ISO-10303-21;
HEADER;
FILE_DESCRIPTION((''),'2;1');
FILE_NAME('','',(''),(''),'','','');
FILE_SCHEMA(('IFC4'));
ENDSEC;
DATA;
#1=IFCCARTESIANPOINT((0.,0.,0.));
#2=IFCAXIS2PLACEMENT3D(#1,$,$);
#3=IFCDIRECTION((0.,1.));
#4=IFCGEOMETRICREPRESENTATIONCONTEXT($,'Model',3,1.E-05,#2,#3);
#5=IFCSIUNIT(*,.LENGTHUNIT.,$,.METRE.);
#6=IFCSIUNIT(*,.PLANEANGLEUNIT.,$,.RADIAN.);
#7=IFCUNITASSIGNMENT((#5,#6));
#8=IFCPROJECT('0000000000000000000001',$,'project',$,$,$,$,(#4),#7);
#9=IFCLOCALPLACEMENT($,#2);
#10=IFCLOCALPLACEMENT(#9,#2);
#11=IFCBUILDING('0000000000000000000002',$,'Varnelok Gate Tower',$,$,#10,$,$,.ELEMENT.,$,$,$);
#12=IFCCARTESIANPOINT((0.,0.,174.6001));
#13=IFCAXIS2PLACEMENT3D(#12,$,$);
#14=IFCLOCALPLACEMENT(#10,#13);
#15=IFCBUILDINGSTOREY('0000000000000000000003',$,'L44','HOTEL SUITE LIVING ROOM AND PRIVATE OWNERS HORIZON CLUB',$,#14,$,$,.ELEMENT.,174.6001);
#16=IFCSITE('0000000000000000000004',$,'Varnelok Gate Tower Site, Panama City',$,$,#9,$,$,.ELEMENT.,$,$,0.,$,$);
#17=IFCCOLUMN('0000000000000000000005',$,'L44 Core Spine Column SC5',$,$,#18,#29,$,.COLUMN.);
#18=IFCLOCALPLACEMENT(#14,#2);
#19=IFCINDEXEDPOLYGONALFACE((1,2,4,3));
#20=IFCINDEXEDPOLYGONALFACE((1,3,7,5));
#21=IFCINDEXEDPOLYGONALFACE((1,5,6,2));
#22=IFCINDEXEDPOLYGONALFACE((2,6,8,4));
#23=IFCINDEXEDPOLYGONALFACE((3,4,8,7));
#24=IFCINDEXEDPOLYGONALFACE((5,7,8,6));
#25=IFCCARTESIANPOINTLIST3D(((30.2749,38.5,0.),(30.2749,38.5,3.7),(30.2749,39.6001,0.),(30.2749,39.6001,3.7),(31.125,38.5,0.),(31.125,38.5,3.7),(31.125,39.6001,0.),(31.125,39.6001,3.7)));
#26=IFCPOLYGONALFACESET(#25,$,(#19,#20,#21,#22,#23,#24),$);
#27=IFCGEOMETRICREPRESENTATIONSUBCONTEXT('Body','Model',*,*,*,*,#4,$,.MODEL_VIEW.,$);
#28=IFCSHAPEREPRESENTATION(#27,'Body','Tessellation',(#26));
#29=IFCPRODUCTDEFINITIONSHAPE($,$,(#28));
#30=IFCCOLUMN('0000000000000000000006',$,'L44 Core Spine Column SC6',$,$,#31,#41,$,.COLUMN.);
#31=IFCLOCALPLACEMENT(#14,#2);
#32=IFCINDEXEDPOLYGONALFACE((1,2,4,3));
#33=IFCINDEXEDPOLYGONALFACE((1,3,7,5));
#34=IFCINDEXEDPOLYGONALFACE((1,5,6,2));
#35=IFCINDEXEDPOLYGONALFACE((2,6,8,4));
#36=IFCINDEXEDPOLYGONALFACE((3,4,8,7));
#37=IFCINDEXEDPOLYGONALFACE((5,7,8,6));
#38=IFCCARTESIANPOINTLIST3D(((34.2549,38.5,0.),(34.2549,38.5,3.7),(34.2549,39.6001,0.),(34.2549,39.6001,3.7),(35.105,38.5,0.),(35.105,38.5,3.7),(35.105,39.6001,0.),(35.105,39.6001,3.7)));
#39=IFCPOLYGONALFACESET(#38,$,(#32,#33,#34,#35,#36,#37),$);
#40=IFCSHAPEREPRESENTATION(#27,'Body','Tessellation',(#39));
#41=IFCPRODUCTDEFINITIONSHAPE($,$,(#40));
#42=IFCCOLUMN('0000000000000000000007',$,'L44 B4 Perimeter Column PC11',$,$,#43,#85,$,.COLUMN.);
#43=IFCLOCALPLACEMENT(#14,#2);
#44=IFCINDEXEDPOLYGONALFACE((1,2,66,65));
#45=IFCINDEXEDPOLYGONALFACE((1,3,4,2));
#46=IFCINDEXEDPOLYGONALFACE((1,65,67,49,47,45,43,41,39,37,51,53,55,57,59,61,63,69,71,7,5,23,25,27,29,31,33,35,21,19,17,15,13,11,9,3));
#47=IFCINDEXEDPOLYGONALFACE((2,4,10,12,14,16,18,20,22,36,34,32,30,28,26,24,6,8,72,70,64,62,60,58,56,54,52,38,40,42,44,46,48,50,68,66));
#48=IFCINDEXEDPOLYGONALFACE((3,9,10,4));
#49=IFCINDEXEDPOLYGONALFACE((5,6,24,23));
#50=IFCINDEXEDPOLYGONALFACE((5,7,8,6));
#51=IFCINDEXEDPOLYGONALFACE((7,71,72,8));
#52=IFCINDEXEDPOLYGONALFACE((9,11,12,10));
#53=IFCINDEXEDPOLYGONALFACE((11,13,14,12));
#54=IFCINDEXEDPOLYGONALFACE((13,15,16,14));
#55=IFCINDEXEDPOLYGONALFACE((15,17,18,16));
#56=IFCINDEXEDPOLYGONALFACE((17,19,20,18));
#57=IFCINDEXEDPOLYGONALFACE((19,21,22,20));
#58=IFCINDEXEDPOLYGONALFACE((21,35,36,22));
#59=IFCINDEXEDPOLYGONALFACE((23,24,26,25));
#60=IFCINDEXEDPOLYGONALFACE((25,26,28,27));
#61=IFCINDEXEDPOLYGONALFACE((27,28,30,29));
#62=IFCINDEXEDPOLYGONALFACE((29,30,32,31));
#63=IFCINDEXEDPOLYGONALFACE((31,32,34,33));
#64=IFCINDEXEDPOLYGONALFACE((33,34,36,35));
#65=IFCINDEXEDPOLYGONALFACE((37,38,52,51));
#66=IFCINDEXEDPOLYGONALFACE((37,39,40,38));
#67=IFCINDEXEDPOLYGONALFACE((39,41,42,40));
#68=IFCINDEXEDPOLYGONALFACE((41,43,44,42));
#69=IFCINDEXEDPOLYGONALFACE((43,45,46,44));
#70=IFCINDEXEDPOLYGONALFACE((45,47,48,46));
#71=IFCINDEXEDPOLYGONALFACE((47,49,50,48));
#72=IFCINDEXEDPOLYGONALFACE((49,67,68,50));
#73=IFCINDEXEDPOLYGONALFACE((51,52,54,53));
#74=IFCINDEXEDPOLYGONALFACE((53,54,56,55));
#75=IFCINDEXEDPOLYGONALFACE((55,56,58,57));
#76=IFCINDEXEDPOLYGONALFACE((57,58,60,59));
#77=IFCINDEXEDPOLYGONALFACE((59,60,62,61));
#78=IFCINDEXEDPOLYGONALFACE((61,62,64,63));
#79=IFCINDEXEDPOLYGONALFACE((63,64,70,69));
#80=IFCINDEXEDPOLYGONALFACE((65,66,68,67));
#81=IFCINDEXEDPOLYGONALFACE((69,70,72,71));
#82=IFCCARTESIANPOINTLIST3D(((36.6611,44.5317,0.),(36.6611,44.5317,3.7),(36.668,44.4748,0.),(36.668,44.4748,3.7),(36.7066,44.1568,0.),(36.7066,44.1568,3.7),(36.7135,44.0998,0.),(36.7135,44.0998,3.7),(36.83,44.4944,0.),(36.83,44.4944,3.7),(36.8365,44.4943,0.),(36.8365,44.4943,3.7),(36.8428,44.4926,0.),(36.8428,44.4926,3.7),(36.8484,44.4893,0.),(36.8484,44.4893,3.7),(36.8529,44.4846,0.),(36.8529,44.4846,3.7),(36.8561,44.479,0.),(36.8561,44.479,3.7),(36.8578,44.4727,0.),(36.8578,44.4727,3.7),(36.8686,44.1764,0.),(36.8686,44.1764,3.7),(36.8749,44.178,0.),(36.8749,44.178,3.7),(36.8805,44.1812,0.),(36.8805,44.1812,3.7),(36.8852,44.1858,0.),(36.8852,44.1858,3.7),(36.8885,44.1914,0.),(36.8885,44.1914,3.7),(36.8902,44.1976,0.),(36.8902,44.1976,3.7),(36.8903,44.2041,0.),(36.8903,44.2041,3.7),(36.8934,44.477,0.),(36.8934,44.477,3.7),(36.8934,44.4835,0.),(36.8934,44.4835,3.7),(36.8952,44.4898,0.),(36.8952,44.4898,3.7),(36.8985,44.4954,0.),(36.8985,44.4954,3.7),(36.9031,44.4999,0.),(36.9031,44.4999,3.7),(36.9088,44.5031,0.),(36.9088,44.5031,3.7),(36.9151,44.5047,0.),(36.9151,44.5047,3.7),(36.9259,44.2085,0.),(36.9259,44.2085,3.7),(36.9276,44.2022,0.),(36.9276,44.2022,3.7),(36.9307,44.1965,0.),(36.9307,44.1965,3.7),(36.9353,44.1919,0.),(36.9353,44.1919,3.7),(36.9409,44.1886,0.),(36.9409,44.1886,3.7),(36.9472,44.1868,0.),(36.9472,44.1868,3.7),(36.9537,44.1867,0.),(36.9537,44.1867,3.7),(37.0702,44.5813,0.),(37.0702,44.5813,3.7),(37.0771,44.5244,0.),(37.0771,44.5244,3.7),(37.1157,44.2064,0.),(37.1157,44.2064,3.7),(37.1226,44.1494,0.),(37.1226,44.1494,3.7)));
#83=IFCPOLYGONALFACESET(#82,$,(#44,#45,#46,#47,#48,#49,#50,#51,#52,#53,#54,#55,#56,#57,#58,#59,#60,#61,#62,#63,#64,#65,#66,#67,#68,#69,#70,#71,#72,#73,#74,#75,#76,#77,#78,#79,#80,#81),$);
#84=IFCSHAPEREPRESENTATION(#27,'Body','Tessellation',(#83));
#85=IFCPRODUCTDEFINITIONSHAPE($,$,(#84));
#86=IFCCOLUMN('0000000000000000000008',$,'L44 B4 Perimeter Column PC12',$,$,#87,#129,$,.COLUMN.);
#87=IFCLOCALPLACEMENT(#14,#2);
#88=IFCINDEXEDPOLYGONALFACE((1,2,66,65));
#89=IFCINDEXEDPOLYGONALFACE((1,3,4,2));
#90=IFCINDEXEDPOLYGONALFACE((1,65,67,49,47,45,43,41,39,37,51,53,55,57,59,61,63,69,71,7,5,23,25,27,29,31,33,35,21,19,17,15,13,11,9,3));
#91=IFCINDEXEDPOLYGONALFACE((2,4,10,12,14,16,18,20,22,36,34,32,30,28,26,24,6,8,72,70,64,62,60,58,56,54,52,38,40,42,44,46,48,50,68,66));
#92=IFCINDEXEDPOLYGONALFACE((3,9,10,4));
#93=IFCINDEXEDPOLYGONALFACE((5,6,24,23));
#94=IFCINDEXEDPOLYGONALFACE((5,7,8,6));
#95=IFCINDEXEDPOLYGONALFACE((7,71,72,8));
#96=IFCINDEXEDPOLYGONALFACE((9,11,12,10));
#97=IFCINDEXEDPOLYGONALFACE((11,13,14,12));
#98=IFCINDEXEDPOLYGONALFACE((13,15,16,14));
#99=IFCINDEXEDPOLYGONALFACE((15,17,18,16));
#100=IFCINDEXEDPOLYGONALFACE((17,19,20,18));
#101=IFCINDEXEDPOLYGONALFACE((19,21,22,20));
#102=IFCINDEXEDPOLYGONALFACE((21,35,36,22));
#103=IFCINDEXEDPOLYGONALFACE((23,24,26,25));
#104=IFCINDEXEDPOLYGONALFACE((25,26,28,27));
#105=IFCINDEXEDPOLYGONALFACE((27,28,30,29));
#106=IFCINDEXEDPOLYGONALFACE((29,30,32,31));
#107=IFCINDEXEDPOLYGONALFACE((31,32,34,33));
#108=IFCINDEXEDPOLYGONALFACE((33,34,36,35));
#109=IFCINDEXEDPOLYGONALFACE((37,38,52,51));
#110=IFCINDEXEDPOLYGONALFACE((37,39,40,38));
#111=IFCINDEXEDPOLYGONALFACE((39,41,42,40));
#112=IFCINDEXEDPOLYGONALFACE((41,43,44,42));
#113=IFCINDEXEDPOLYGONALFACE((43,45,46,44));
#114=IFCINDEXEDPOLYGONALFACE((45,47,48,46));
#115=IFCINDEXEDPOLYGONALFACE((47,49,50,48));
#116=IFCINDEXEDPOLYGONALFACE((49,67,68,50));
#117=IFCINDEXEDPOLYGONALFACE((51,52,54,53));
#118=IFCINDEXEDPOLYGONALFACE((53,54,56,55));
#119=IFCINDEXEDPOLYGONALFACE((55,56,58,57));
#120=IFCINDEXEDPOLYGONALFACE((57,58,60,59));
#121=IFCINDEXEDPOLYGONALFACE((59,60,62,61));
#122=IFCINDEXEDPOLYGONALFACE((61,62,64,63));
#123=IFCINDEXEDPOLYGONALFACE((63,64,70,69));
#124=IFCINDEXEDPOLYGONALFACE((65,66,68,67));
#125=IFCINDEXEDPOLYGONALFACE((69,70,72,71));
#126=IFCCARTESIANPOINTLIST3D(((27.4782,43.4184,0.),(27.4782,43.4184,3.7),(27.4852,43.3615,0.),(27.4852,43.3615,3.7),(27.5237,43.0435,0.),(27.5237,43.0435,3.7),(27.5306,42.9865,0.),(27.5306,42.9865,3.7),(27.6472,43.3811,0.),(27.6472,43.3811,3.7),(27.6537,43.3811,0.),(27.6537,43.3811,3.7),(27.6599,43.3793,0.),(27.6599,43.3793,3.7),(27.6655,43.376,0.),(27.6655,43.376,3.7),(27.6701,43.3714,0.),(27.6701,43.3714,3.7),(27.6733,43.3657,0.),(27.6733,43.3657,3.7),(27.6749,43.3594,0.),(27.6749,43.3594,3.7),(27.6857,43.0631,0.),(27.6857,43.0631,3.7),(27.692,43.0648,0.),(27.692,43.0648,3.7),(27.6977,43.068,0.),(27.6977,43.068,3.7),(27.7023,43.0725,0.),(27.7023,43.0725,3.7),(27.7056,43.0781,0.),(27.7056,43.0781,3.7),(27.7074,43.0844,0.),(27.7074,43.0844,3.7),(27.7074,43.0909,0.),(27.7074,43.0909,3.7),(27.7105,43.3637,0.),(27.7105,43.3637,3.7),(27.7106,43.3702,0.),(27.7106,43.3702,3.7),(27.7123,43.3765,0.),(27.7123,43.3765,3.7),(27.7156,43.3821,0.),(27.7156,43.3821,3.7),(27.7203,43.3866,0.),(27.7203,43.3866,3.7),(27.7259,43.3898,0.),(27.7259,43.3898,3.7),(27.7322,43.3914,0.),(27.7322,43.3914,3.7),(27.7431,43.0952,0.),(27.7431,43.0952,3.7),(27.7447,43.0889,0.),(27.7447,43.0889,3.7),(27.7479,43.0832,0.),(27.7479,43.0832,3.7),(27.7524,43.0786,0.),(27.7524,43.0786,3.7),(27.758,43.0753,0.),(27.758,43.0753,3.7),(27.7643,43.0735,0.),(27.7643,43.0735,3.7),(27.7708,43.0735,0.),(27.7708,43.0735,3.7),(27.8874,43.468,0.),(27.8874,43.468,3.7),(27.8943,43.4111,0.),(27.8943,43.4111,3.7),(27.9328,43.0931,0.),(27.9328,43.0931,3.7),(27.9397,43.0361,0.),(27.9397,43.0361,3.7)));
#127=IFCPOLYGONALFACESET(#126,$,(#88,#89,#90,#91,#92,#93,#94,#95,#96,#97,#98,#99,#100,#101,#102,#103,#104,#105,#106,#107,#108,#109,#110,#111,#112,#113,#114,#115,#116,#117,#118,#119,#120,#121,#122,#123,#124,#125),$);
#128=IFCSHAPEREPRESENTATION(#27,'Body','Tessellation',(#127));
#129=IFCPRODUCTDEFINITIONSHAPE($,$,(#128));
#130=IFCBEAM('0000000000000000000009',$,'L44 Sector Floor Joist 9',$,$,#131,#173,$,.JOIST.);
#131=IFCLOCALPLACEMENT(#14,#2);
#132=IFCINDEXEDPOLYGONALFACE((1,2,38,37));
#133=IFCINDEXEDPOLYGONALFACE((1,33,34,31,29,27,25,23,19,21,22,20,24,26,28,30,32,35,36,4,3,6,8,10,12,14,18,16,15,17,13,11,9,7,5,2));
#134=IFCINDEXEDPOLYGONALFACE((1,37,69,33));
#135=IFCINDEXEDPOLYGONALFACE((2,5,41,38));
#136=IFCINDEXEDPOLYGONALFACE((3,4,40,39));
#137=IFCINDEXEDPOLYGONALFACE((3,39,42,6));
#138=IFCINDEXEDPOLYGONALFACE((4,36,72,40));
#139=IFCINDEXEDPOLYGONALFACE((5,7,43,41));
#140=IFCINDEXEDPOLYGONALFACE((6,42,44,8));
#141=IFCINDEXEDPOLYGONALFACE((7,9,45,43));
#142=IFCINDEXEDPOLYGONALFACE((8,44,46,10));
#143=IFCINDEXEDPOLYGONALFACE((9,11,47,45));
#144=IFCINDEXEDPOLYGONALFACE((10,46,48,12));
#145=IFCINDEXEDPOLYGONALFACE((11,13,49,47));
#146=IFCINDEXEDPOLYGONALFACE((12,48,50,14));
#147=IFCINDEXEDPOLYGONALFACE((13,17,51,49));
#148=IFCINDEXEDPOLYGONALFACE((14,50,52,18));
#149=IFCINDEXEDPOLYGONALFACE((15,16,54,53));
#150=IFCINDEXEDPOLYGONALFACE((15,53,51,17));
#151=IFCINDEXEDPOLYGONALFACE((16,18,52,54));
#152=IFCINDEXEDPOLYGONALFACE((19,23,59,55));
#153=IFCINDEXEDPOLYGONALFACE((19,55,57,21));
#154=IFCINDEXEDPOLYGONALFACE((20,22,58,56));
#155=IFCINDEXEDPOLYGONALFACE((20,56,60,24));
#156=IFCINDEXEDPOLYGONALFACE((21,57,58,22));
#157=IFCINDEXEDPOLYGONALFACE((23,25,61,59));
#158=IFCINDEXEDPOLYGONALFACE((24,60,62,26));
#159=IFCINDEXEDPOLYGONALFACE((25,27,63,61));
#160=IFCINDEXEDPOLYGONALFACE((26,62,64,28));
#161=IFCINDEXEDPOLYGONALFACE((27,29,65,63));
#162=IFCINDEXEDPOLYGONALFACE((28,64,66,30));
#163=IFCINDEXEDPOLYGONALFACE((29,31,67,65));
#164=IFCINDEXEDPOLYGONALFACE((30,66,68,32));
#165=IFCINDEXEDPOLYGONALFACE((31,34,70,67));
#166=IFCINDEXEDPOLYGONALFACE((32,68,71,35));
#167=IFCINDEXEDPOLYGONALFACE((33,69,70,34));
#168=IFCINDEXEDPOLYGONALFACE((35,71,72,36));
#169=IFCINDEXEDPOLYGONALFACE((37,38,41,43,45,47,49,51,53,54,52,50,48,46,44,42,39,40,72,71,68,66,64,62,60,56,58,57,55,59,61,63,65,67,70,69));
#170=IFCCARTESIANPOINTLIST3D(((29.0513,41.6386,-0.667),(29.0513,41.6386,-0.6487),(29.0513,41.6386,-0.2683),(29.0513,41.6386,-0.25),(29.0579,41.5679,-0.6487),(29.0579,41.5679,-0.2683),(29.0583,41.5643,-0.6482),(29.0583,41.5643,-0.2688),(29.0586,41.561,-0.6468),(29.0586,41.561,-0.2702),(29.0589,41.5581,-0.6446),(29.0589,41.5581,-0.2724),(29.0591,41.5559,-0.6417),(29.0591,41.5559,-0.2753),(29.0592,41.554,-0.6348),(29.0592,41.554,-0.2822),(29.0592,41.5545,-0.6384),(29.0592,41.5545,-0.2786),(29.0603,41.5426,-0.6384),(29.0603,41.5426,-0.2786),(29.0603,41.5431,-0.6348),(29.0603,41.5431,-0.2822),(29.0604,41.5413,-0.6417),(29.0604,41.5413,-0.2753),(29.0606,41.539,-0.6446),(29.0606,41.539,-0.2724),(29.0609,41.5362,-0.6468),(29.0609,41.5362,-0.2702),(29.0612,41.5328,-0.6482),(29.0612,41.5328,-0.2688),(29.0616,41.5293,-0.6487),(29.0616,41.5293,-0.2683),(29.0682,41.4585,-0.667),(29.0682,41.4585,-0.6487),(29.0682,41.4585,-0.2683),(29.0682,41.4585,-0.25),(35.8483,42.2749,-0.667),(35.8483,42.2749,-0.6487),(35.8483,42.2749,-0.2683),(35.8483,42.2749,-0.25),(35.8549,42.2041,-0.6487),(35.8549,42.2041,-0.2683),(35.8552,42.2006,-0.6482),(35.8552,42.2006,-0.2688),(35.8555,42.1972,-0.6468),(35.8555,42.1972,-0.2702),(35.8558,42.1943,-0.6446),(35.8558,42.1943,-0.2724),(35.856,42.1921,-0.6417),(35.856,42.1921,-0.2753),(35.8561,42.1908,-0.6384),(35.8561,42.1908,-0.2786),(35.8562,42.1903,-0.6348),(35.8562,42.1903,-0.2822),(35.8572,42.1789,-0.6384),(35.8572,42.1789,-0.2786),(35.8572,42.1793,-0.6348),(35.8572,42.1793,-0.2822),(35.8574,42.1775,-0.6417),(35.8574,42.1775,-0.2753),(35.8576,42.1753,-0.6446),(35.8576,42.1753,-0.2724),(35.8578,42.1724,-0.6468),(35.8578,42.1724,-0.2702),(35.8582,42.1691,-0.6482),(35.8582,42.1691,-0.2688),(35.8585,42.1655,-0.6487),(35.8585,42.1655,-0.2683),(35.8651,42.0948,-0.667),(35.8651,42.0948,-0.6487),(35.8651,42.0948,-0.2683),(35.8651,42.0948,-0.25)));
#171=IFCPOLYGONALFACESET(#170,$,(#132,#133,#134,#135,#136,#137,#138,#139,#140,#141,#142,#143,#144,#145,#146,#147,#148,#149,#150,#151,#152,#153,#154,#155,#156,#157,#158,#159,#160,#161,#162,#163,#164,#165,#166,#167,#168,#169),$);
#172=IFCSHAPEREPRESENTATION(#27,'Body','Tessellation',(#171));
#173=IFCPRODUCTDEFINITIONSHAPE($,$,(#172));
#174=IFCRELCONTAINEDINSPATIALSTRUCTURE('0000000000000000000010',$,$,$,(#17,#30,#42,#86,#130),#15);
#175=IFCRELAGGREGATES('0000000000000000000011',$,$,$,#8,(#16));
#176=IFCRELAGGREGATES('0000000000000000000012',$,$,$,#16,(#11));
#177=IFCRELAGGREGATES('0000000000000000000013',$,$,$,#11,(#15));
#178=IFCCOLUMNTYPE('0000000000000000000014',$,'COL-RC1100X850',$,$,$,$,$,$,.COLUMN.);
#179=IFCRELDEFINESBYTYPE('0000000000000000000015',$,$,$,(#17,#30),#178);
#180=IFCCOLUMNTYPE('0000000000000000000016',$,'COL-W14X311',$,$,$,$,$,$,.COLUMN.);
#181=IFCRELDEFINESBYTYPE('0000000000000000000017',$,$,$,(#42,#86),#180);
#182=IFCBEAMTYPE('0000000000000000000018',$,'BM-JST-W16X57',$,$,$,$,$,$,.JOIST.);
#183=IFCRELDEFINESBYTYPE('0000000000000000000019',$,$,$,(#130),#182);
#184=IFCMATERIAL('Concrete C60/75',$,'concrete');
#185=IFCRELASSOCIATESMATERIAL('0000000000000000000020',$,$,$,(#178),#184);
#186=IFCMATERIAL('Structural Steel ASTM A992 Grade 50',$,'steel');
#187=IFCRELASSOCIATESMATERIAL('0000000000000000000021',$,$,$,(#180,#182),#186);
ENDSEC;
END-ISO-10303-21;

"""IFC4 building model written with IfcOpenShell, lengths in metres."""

from ifc_helpers import new_model, si_unit, direction, frame, origin, origin_2d, place, context, subcontext, project, spatial, rectangle, i_section, extrude, material, material_profile, profile_set, type_object, element, save


model = new_model("IFC4")

# Units and contexts
model_context = context("Model", 3, precision=1e-05, world=origin(), true_north=direction((0.0, 1.0)))
body_context = subcontext(model_context, "Body", "Model", "MODEL_VIEW")
ifc_project = project(units=[si_unit("LENGTHUNIT", "METRE"), si_unit("PLANEANGLEUNIT", "RADIAN")], contexts=[model_context])

# Site, building, storey
site_placement = place(None, origin())
site = spatial("IfcSite", under=ifc_project, at=site_placement, Name="Varnelok Gate Tower Site, Panama City", CompositionType="ELEMENT", RefElevation=0.0)
building_placement = place(site_placement, origin())
building = spatial("IfcBuilding", under=site, at=building_placement, Name="Varnelok Gate Tower", CompositionType="ELEMENT")
storey_placement = place(building_placement, frame((0.0, 0.0, 174.6001)))
storey = spatial("IfcBuildingStorey", under=building, at=storey_placement, Name="L44", Description="HOTEL SUITE LIVING ROOM AND PRIVATE OWNERS HORIZON CLUB", CompositionType="ELEMENT", Elevation=174.6001)

# Columns
ifc_material_1 = material(Name="Concrete C60/75", Category="concrete")
ifc_material_profile_1 = material_profile(ifc_material_1, rectangle(XDim=0.8501, YDim=1.1001, at=origin_2d()), Name="RC1100X850")
ifc_profile_set_1 = profile_set([ifc_material_profile_1], Name="Concrete C60/75")
column_type_1 = type_object("IfcColumnType", Name="COL-RC1100X850", PredefinedType="COLUMN", material=ifc_profile_set_1)
for number, where, z_axis, x_axis, name in (
    (1, (30.7, 39.05, 0.0), (0.0, 0.0, 1.0), (1.0, 0.0, 0.0), "L44 Core Spine Column SC5"),
    (2, (34.6799, 39.05, 0.0), (0.0, 0.0, 1.0), (1.0, 0.0, 0.0), "L44 Core Spine Column SC6"),
):
    element("IfcColumn", number, at=place(storey_placement, frame(where, z_axis=z_axis, x_axis=x_axis)), inside=storey, type_object=column_type_1, Name=name, PredefinedType="COLUMN", context=body_context, shape_type="SweptSolid", body=[
        extrude(rectangle(XDim=0.8501, YDim=1.1001, at=origin_2d()), origin(), (0.0, 0.0, 1.0), 3.7),
    ])
ifc_material_2 = material(Name="Structural Steel ASTM A992 Grade 50", Category="steel")
ifc_material_profile_2 = material_profile(ifc_material_2, i_section(OverallWidth=0.4121, OverallDepth=0.4351, WebThickness=0.0359, FlangeThickness=0.0574, FilletRadius=0.0249, at=origin_2d()), Name="W14X311")
ifc_profile_set_2 = profile_set([ifc_material_profile_2], Name="Structural Steel ASTM A992 Grade 50")
column_type_2 = type_object("IfcColumnType", Name="COL-W14X311", PredefinedType="COLUMN", material=ifc_profile_set_2)
for number, where, z_axis, x_axis, name in (
    (3, (36.8918, 44.3406, 0.0), (0.0, 0.0, 1.0), (0.992732, 0.120345, 0.0), "L44 B4 Perimeter Column PC11"),
    (4, (27.709, 43.2273, 0.0), (0.0, 0.0, 1.0), (0.992732, 0.120345, 0.0), "L44 B4 Perimeter Column PC12"),
):
    element("IfcColumn", number, at=place(storey_placement, frame(where, z_axis=z_axis, x_axis=x_axis)), inside=storey, type_object=column_type_2, Name=name, PredefinedType="COLUMN", context=body_context, shape_type="SweptSolid", body=[
        extrude(i_section(OverallWidth=0.4121, OverallDepth=0.4351, WebThickness=0.0359, FlangeThickness=0.0574, FilletRadius=0.0249, at=origin_2d()), origin(), (0.0, 0.0, 1.0), 3.7),
    ])

# Beam
ifc_material_profile_3 = material_profile(ifc_material_2, i_section(OverallWidth=0.1809, OverallDepth=0.417, WebThickness=0.011, FlangeThickness=0.0183, FilletRadius=0.0139, at=origin_2d()), Name="W16X57")
ifc_profile_set_3 = profile_set([ifc_material_profile_3], Name="Structural Steel ASTM A992 Grade 50")
beam_type_1 = type_object("IfcBeamType", Name="BM-JST-W16X57", PredefinedType="JOIST", material=ifc_profile_set_3)
beam_1_placement = place(storey_placement, frame((35.8567, 42.1848, -0.4585), z_axis=(-0.995648, -0.093199, 0.0), x_axis=(0.093199, -0.995648, 0.0)))
element("IfcBeam", 5, at=beam_1_placement, inside=storey, type_object=beam_type_1, Name="L44 Sector Floor Joist 9", PredefinedType="JOIST", context=body_context, shape_type="SweptSolid", body=[
    extrude(i_section(OverallWidth=0.1809, OverallDepth=0.417, WebThickness=0.011, FlangeThickness=0.0183, FilletRadius=0.0139, at=origin_2d()), origin(), (0.0, 0.0, 1.0), 6.8267),
])

save(model, "model.ifc")
